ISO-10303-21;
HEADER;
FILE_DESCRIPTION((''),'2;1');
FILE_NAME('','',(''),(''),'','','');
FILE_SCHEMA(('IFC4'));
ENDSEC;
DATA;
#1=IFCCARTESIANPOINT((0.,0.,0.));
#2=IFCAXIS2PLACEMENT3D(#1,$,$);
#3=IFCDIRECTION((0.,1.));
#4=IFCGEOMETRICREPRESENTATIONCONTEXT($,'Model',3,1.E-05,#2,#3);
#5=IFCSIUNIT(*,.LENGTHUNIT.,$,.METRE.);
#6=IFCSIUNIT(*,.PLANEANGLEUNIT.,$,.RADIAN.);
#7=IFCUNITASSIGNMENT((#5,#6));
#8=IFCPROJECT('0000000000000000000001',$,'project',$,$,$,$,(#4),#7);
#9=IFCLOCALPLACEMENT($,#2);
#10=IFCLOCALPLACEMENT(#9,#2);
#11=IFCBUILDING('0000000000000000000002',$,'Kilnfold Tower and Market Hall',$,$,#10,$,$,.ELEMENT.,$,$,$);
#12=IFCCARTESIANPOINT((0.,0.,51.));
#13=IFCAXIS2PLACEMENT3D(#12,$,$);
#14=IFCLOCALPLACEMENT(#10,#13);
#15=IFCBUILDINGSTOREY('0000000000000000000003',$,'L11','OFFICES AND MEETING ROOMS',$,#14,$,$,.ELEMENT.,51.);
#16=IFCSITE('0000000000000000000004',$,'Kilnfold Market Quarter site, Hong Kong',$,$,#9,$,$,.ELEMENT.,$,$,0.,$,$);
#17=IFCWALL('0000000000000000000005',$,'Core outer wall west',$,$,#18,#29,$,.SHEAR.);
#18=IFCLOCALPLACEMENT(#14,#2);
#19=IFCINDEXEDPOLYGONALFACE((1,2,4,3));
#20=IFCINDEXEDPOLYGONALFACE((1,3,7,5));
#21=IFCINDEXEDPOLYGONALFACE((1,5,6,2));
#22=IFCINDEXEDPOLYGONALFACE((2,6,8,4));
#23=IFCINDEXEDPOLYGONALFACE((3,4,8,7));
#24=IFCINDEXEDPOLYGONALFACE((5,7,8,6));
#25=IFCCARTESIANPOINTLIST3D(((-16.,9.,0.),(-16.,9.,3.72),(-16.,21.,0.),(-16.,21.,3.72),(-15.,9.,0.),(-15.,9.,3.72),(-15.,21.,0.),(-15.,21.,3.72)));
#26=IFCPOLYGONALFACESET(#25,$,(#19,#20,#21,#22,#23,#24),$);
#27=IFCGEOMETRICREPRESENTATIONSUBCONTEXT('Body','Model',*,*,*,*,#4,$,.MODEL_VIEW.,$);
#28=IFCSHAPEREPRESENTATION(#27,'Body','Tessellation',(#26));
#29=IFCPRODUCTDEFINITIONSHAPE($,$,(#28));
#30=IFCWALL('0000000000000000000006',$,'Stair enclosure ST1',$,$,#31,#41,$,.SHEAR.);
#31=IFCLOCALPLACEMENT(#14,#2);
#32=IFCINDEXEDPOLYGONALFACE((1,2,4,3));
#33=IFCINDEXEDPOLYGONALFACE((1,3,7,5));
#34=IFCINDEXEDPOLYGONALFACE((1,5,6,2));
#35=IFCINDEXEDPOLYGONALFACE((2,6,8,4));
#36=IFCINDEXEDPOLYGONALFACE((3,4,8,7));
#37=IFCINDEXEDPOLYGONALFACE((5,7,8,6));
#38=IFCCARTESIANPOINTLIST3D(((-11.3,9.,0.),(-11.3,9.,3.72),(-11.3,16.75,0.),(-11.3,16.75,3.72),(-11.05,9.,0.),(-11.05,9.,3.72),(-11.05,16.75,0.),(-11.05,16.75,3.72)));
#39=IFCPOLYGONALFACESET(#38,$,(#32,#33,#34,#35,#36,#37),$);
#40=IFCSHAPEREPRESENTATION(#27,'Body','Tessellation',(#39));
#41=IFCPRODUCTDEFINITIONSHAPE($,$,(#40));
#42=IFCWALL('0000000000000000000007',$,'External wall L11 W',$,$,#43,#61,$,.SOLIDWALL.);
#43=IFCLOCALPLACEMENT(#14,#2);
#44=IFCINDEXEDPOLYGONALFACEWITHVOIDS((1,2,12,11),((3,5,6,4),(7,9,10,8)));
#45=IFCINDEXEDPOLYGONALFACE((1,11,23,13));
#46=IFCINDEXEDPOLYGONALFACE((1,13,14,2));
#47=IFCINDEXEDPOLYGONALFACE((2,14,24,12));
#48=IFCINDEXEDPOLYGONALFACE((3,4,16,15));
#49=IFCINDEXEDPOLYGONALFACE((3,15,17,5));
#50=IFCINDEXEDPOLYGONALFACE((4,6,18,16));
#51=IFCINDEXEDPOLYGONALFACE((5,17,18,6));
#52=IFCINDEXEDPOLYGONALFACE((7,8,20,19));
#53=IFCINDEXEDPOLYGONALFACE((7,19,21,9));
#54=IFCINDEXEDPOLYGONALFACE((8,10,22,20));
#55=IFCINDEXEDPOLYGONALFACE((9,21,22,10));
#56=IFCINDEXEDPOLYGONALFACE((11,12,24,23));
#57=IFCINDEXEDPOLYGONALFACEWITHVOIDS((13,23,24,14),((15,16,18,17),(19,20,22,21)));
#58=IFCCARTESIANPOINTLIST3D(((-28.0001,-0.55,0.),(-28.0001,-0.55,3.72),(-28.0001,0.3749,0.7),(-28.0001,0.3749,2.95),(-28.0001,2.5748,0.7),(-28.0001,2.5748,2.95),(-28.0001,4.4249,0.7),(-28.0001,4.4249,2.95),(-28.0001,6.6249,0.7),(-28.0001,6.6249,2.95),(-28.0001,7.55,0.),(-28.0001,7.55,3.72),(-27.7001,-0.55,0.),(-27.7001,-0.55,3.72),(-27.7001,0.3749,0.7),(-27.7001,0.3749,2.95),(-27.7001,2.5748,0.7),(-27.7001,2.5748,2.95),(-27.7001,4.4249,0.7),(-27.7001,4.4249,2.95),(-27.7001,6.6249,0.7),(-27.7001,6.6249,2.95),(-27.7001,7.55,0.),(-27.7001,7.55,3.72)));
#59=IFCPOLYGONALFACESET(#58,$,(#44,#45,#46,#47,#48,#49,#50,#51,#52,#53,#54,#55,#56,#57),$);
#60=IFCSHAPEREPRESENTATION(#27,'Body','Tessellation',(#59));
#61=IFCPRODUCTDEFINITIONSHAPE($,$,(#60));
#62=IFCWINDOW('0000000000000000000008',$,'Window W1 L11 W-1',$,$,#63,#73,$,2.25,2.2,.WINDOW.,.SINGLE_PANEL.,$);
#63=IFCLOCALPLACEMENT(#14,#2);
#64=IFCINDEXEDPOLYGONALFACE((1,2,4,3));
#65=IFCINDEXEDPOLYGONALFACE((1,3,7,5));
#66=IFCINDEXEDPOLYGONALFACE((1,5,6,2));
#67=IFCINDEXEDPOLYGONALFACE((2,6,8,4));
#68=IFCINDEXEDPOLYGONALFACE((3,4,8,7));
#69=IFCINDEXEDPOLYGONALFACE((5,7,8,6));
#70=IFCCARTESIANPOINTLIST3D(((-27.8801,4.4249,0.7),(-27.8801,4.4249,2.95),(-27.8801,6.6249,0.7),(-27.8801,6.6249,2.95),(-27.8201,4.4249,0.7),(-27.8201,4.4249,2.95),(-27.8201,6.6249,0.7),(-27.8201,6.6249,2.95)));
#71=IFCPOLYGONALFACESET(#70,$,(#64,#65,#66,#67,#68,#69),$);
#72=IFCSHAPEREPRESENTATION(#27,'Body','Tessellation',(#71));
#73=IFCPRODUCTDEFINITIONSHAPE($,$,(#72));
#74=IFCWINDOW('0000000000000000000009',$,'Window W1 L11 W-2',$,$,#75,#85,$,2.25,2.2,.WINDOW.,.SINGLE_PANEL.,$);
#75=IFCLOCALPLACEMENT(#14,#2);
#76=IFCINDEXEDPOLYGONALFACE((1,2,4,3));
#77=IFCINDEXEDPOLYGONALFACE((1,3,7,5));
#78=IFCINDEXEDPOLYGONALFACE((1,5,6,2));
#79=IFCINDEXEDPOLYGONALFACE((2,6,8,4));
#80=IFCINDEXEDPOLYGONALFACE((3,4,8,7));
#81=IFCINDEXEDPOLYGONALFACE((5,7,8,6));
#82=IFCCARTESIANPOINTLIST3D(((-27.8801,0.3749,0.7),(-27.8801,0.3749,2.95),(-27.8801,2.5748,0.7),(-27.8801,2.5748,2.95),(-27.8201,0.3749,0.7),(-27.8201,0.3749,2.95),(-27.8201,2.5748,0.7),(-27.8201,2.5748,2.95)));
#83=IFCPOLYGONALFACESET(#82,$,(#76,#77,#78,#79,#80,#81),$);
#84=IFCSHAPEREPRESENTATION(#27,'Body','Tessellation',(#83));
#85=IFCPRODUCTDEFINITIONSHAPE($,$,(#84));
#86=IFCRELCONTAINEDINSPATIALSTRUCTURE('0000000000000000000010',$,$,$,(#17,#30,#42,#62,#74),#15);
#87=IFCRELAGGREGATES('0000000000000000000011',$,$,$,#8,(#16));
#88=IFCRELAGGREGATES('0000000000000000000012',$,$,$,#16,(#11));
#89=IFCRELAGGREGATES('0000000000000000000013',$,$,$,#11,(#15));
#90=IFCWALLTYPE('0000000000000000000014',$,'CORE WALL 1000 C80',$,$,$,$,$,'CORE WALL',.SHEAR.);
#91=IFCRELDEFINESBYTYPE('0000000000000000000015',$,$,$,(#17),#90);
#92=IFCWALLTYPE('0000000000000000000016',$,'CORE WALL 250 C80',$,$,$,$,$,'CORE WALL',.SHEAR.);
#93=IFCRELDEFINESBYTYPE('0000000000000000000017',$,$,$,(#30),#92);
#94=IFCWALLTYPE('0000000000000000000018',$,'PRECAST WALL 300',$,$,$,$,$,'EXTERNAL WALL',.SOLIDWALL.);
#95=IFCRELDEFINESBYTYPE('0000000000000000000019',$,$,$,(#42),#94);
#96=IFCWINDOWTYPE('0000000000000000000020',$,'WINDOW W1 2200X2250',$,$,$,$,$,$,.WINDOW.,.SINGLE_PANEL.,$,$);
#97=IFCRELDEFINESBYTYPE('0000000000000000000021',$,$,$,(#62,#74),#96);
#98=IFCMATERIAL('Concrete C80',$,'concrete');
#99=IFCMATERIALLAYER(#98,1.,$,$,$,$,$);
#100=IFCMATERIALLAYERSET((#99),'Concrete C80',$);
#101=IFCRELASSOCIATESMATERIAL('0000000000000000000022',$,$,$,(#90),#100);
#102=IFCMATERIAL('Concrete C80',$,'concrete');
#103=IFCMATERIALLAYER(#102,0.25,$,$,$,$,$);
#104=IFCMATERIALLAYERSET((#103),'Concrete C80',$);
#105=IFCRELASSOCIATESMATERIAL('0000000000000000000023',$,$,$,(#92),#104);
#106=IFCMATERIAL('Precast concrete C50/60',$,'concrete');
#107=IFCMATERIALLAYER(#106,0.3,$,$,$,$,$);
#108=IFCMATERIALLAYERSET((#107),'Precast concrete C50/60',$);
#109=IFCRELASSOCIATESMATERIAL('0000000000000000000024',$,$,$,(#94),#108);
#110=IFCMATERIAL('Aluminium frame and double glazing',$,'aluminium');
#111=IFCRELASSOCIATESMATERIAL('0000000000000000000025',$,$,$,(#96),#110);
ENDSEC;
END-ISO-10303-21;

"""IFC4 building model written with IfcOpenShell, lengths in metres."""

from ifc_helpers import new_model, si_unit, direction, frame, frame_2d, origin, place, context, subcontext, project, spatial, rectangle, extrude, source, transform, mapped, material, layer, layer_set, type_object, element, fill, save


model = new_model("IFC4")

# Units and contexts
model_context = context("Model", 3, precision=1e-05, world=origin(), true_north=direction((0.0, 1.0)))
body_context = subcontext(model_context, "Body", "Model", "MODEL_VIEW")
ifc_project = project(units=[si_unit("LENGTHUNIT", "METRE"), si_unit("PLANEANGLEUNIT", "RADIAN")], contexts=[model_context])

# Site, building, storey
site_placement = place(None, origin())
site = spatial("IfcSite", under=ifc_project, at=site_placement, Name="Kilnfold Market Quarter site, Hong Kong", CompositionType="ELEMENT", RefElevation=0.0)
building_placement = place(site_placement, origin())
building = spatial("IfcBuilding", under=site, at=building_placement, Name="Kilnfold Tower and Market Hall", CompositionType="ELEMENT")
storey_placement = place(building_placement, frame((0.0, 0.0, 51.0)))
storey = spatial("IfcBuildingStorey", under=building, at=storey_placement, Name="L11", Description="OFFICES AND MEETING ROOMS", CompositionType="ELEMENT", Elevation=51.0)

# Shared definitions
ifc_material_1 = material(Name="Concrete C80", Category="concrete")
ifc_layer_1 = layer(ifc_material_1, 1.0)
ifc_layer_set_1 = layer_set([ifc_layer_1], Name="Concrete C80")
wall_type_1 = type_object("IfcWallType", Name="CORE WALL 1000 C80", ElementType="CORE WALL", PredefinedType="SHEAR", material=ifc_layer_set_1)

# Walls
shared_shape_1 = source(origin(), body_context, "Body", "SweptSolid", [
    extrude(rectangle(XDim=12.0, YDim=1.0, at=frame_2d((6.0, 0.0))), origin(), (0.0, 0.0, 1.0), 3.72),
])
wall_1_placement = place(storey_placement, frame((-15.5, 9.0, 0.0), z_axis=(0.0, 0.0, 1.0), x_axis=(0.0, 1.0, 0.0)))
element("IfcWall", 1, at=wall_1_placement, inside=storey, type_object=wall_type_1, Name="Core outer wall west", PredefinedType="SHEAR", context=body_context, shape_type="MappedRepresentation", body=[
    mapped(shared_shape_1, transform((0.0, 0.0, 0.0))),
])
ifc_material_2 = material(Name="Concrete C80", Category="concrete")
ifc_layer_2 = layer(ifc_material_2, 0.25)
ifc_layer_set_2 = layer_set([ifc_layer_2], Name="Concrete C80")
wall_type_2 = type_object("IfcWallType", Name="CORE WALL 250 C80", ElementType="CORE WALL", PredefinedType="SHEAR", material=ifc_layer_set_2)
shared_shape_2 = source(origin(), body_context, "Body", "SweptSolid", [
    extrude(rectangle(XDim=7.75, YDim=0.25, at=frame_2d((3.875, 0.0))), origin(), (0.0, 0.0, 1.0), 3.72),
])
wall_2_placement = place(storey_placement, frame((-11.175, 9.0, 0.0), z_axis=(0.0, 0.0, 1.0), x_axis=(0.0, 1.0, 0.0)))
element("IfcWall", 2, at=wall_2_placement, inside=storey, type_object=wall_type_2, Name="Stair enclosure ST1", PredefinedType="SHEAR", context=body_context, shape_type="MappedRepresentation", body=[
    mapped(shared_shape_2, transform((0.0, 0.0, 0.0))),
])

# Wall, openings, windows
ifc_material_3 = material(Name="Precast concrete C50/60", Category="concrete")
ifc_layer_3 = layer(ifc_material_3, 0.3)
ifc_layer_set_3 = layer_set([ifc_layer_3], Name="Precast concrete C50/60")
wall_type_3 = type_object("IfcWallType", Name="PRECAST WALL 300", ElementType="EXTERNAL WALL", PredefinedType="SOLIDWALL", material=ifc_layer_set_3)
shared_shape_3 = source(origin(), body_context, "Body", "SweptSolid", [
    extrude(rectangle(XDim=8.1001, YDim=0.3, at=frame_2d((4.05, 0.0))), origin(), (0.0, 0.0, 1.0), 3.72),
])
wall_3_placement = place(storey_placement, frame((-27.8501, 7.55, 0.0), z_axis=(0.0, 0.0, 1.0), x_axis=(0.0, -1.0, 0.0)))
wall_3 = element("IfcWall", 3, at=wall_3_placement, inside=storey, type_object=wall_type_3, Name="External wall L11 W", PredefinedType="SOLIDWALL", context=body_context, shape_type="MappedRepresentation", body=[
    mapped(shared_shape_3, transform((0.0, 0.0, 0.0))),
])
opening_1_placement = place(wall_3_placement, frame((0.925, 0.0, 0.7)))
opening_1 = element("IfcOpeningElement", 4, at=opening_1_placement, cuts=wall_3, PredefinedType="OPENING", context=body_context, shape_type="SweptSolid", body=[
    extrude(rectangle(XDim=2.2, YDim=2.25, at=frame_2d((1.1001, 1.125))), frame((0.0, 0.1602, 0.0), z_axis=(0.0, -1.0, 0.0), x_axis=(1.0, 0.0, 0.0)), (0.0, 0.0, 1.0), 0.3201),
])
opening_2_placement = place(wall_3_placement, frame((4.9751, 0.0, 0.7)))
opening_2 = element("IfcOpeningElement", 5, at=opening_2_placement, cuts=wall_3, PredefinedType="OPENING", context=body_context, shape_type="SweptSolid", body=[
    extrude(rectangle(XDim=2.2, YDim=2.25, at=frame_2d((1.1001, 1.125))), frame((0.0, 0.1602, 0.0), z_axis=(0.0, -1.0, 0.0), x_axis=(1.0, 0.0, 0.0)), (0.0, 0.0, 1.0), 0.3201),
])
ifc_material_4 = material(Name="Aluminium frame and double glazing", Category="aluminium")
window_type = type_object("IfcWindowType", Name="WINDOW W1 2200X2250", PartitioningType="SINGLE_PANEL", PredefinedType="WINDOW", material=ifc_material_4)
window_1_placement = place(opening_1_placement, origin())
window_1 = element("IfcWindow", 6, at=window_1_placement, inside=storey, type_object=window_type, Name="Window W1 L11 W-1", OverallHeight=2.25, OverallWidth=2.2, PartitioningType="SINGLE_PANEL", PredefinedType="WINDOW", context=body_context, shape_type="SweptSolid", body=[
    extrude(rectangle(XDim=2.2, YDim=2.25, at=frame_2d((1.1001, 1.125))), frame((0.0, 0.03, 0.0), z_axis=(0.0, -1.0, 0.0), x_axis=(1.0, 0.0, 0.0)), (0.0, 0.0, 1.0), 0.0601),
])
fill(opening_1, window_1)
window_2_placement = place(opening_2_placement, origin())
window_2 = element("IfcWindow", 7, at=window_2_placement, inside=storey, type_object=window_type, Name="Window W1 L11 W-2", OverallHeight=2.25, OverallWidth=2.2, PartitioningType="SINGLE_PANEL", PredefinedType="WINDOW", context=body_context, shape_type="SweptSolid", body=[
    extrude(rectangle(XDim=2.2, YDim=2.25, at=frame_2d((1.1001, 1.125))), frame((0.0, 0.03, 0.0), z_axis=(0.0, -1.0, 0.0), x_axis=(1.0, 0.0, 0.0)), (0.0, 0.0, 1.0), 0.0601),
])
fill(opening_2, window_2)

save(model, "model.ifc")
